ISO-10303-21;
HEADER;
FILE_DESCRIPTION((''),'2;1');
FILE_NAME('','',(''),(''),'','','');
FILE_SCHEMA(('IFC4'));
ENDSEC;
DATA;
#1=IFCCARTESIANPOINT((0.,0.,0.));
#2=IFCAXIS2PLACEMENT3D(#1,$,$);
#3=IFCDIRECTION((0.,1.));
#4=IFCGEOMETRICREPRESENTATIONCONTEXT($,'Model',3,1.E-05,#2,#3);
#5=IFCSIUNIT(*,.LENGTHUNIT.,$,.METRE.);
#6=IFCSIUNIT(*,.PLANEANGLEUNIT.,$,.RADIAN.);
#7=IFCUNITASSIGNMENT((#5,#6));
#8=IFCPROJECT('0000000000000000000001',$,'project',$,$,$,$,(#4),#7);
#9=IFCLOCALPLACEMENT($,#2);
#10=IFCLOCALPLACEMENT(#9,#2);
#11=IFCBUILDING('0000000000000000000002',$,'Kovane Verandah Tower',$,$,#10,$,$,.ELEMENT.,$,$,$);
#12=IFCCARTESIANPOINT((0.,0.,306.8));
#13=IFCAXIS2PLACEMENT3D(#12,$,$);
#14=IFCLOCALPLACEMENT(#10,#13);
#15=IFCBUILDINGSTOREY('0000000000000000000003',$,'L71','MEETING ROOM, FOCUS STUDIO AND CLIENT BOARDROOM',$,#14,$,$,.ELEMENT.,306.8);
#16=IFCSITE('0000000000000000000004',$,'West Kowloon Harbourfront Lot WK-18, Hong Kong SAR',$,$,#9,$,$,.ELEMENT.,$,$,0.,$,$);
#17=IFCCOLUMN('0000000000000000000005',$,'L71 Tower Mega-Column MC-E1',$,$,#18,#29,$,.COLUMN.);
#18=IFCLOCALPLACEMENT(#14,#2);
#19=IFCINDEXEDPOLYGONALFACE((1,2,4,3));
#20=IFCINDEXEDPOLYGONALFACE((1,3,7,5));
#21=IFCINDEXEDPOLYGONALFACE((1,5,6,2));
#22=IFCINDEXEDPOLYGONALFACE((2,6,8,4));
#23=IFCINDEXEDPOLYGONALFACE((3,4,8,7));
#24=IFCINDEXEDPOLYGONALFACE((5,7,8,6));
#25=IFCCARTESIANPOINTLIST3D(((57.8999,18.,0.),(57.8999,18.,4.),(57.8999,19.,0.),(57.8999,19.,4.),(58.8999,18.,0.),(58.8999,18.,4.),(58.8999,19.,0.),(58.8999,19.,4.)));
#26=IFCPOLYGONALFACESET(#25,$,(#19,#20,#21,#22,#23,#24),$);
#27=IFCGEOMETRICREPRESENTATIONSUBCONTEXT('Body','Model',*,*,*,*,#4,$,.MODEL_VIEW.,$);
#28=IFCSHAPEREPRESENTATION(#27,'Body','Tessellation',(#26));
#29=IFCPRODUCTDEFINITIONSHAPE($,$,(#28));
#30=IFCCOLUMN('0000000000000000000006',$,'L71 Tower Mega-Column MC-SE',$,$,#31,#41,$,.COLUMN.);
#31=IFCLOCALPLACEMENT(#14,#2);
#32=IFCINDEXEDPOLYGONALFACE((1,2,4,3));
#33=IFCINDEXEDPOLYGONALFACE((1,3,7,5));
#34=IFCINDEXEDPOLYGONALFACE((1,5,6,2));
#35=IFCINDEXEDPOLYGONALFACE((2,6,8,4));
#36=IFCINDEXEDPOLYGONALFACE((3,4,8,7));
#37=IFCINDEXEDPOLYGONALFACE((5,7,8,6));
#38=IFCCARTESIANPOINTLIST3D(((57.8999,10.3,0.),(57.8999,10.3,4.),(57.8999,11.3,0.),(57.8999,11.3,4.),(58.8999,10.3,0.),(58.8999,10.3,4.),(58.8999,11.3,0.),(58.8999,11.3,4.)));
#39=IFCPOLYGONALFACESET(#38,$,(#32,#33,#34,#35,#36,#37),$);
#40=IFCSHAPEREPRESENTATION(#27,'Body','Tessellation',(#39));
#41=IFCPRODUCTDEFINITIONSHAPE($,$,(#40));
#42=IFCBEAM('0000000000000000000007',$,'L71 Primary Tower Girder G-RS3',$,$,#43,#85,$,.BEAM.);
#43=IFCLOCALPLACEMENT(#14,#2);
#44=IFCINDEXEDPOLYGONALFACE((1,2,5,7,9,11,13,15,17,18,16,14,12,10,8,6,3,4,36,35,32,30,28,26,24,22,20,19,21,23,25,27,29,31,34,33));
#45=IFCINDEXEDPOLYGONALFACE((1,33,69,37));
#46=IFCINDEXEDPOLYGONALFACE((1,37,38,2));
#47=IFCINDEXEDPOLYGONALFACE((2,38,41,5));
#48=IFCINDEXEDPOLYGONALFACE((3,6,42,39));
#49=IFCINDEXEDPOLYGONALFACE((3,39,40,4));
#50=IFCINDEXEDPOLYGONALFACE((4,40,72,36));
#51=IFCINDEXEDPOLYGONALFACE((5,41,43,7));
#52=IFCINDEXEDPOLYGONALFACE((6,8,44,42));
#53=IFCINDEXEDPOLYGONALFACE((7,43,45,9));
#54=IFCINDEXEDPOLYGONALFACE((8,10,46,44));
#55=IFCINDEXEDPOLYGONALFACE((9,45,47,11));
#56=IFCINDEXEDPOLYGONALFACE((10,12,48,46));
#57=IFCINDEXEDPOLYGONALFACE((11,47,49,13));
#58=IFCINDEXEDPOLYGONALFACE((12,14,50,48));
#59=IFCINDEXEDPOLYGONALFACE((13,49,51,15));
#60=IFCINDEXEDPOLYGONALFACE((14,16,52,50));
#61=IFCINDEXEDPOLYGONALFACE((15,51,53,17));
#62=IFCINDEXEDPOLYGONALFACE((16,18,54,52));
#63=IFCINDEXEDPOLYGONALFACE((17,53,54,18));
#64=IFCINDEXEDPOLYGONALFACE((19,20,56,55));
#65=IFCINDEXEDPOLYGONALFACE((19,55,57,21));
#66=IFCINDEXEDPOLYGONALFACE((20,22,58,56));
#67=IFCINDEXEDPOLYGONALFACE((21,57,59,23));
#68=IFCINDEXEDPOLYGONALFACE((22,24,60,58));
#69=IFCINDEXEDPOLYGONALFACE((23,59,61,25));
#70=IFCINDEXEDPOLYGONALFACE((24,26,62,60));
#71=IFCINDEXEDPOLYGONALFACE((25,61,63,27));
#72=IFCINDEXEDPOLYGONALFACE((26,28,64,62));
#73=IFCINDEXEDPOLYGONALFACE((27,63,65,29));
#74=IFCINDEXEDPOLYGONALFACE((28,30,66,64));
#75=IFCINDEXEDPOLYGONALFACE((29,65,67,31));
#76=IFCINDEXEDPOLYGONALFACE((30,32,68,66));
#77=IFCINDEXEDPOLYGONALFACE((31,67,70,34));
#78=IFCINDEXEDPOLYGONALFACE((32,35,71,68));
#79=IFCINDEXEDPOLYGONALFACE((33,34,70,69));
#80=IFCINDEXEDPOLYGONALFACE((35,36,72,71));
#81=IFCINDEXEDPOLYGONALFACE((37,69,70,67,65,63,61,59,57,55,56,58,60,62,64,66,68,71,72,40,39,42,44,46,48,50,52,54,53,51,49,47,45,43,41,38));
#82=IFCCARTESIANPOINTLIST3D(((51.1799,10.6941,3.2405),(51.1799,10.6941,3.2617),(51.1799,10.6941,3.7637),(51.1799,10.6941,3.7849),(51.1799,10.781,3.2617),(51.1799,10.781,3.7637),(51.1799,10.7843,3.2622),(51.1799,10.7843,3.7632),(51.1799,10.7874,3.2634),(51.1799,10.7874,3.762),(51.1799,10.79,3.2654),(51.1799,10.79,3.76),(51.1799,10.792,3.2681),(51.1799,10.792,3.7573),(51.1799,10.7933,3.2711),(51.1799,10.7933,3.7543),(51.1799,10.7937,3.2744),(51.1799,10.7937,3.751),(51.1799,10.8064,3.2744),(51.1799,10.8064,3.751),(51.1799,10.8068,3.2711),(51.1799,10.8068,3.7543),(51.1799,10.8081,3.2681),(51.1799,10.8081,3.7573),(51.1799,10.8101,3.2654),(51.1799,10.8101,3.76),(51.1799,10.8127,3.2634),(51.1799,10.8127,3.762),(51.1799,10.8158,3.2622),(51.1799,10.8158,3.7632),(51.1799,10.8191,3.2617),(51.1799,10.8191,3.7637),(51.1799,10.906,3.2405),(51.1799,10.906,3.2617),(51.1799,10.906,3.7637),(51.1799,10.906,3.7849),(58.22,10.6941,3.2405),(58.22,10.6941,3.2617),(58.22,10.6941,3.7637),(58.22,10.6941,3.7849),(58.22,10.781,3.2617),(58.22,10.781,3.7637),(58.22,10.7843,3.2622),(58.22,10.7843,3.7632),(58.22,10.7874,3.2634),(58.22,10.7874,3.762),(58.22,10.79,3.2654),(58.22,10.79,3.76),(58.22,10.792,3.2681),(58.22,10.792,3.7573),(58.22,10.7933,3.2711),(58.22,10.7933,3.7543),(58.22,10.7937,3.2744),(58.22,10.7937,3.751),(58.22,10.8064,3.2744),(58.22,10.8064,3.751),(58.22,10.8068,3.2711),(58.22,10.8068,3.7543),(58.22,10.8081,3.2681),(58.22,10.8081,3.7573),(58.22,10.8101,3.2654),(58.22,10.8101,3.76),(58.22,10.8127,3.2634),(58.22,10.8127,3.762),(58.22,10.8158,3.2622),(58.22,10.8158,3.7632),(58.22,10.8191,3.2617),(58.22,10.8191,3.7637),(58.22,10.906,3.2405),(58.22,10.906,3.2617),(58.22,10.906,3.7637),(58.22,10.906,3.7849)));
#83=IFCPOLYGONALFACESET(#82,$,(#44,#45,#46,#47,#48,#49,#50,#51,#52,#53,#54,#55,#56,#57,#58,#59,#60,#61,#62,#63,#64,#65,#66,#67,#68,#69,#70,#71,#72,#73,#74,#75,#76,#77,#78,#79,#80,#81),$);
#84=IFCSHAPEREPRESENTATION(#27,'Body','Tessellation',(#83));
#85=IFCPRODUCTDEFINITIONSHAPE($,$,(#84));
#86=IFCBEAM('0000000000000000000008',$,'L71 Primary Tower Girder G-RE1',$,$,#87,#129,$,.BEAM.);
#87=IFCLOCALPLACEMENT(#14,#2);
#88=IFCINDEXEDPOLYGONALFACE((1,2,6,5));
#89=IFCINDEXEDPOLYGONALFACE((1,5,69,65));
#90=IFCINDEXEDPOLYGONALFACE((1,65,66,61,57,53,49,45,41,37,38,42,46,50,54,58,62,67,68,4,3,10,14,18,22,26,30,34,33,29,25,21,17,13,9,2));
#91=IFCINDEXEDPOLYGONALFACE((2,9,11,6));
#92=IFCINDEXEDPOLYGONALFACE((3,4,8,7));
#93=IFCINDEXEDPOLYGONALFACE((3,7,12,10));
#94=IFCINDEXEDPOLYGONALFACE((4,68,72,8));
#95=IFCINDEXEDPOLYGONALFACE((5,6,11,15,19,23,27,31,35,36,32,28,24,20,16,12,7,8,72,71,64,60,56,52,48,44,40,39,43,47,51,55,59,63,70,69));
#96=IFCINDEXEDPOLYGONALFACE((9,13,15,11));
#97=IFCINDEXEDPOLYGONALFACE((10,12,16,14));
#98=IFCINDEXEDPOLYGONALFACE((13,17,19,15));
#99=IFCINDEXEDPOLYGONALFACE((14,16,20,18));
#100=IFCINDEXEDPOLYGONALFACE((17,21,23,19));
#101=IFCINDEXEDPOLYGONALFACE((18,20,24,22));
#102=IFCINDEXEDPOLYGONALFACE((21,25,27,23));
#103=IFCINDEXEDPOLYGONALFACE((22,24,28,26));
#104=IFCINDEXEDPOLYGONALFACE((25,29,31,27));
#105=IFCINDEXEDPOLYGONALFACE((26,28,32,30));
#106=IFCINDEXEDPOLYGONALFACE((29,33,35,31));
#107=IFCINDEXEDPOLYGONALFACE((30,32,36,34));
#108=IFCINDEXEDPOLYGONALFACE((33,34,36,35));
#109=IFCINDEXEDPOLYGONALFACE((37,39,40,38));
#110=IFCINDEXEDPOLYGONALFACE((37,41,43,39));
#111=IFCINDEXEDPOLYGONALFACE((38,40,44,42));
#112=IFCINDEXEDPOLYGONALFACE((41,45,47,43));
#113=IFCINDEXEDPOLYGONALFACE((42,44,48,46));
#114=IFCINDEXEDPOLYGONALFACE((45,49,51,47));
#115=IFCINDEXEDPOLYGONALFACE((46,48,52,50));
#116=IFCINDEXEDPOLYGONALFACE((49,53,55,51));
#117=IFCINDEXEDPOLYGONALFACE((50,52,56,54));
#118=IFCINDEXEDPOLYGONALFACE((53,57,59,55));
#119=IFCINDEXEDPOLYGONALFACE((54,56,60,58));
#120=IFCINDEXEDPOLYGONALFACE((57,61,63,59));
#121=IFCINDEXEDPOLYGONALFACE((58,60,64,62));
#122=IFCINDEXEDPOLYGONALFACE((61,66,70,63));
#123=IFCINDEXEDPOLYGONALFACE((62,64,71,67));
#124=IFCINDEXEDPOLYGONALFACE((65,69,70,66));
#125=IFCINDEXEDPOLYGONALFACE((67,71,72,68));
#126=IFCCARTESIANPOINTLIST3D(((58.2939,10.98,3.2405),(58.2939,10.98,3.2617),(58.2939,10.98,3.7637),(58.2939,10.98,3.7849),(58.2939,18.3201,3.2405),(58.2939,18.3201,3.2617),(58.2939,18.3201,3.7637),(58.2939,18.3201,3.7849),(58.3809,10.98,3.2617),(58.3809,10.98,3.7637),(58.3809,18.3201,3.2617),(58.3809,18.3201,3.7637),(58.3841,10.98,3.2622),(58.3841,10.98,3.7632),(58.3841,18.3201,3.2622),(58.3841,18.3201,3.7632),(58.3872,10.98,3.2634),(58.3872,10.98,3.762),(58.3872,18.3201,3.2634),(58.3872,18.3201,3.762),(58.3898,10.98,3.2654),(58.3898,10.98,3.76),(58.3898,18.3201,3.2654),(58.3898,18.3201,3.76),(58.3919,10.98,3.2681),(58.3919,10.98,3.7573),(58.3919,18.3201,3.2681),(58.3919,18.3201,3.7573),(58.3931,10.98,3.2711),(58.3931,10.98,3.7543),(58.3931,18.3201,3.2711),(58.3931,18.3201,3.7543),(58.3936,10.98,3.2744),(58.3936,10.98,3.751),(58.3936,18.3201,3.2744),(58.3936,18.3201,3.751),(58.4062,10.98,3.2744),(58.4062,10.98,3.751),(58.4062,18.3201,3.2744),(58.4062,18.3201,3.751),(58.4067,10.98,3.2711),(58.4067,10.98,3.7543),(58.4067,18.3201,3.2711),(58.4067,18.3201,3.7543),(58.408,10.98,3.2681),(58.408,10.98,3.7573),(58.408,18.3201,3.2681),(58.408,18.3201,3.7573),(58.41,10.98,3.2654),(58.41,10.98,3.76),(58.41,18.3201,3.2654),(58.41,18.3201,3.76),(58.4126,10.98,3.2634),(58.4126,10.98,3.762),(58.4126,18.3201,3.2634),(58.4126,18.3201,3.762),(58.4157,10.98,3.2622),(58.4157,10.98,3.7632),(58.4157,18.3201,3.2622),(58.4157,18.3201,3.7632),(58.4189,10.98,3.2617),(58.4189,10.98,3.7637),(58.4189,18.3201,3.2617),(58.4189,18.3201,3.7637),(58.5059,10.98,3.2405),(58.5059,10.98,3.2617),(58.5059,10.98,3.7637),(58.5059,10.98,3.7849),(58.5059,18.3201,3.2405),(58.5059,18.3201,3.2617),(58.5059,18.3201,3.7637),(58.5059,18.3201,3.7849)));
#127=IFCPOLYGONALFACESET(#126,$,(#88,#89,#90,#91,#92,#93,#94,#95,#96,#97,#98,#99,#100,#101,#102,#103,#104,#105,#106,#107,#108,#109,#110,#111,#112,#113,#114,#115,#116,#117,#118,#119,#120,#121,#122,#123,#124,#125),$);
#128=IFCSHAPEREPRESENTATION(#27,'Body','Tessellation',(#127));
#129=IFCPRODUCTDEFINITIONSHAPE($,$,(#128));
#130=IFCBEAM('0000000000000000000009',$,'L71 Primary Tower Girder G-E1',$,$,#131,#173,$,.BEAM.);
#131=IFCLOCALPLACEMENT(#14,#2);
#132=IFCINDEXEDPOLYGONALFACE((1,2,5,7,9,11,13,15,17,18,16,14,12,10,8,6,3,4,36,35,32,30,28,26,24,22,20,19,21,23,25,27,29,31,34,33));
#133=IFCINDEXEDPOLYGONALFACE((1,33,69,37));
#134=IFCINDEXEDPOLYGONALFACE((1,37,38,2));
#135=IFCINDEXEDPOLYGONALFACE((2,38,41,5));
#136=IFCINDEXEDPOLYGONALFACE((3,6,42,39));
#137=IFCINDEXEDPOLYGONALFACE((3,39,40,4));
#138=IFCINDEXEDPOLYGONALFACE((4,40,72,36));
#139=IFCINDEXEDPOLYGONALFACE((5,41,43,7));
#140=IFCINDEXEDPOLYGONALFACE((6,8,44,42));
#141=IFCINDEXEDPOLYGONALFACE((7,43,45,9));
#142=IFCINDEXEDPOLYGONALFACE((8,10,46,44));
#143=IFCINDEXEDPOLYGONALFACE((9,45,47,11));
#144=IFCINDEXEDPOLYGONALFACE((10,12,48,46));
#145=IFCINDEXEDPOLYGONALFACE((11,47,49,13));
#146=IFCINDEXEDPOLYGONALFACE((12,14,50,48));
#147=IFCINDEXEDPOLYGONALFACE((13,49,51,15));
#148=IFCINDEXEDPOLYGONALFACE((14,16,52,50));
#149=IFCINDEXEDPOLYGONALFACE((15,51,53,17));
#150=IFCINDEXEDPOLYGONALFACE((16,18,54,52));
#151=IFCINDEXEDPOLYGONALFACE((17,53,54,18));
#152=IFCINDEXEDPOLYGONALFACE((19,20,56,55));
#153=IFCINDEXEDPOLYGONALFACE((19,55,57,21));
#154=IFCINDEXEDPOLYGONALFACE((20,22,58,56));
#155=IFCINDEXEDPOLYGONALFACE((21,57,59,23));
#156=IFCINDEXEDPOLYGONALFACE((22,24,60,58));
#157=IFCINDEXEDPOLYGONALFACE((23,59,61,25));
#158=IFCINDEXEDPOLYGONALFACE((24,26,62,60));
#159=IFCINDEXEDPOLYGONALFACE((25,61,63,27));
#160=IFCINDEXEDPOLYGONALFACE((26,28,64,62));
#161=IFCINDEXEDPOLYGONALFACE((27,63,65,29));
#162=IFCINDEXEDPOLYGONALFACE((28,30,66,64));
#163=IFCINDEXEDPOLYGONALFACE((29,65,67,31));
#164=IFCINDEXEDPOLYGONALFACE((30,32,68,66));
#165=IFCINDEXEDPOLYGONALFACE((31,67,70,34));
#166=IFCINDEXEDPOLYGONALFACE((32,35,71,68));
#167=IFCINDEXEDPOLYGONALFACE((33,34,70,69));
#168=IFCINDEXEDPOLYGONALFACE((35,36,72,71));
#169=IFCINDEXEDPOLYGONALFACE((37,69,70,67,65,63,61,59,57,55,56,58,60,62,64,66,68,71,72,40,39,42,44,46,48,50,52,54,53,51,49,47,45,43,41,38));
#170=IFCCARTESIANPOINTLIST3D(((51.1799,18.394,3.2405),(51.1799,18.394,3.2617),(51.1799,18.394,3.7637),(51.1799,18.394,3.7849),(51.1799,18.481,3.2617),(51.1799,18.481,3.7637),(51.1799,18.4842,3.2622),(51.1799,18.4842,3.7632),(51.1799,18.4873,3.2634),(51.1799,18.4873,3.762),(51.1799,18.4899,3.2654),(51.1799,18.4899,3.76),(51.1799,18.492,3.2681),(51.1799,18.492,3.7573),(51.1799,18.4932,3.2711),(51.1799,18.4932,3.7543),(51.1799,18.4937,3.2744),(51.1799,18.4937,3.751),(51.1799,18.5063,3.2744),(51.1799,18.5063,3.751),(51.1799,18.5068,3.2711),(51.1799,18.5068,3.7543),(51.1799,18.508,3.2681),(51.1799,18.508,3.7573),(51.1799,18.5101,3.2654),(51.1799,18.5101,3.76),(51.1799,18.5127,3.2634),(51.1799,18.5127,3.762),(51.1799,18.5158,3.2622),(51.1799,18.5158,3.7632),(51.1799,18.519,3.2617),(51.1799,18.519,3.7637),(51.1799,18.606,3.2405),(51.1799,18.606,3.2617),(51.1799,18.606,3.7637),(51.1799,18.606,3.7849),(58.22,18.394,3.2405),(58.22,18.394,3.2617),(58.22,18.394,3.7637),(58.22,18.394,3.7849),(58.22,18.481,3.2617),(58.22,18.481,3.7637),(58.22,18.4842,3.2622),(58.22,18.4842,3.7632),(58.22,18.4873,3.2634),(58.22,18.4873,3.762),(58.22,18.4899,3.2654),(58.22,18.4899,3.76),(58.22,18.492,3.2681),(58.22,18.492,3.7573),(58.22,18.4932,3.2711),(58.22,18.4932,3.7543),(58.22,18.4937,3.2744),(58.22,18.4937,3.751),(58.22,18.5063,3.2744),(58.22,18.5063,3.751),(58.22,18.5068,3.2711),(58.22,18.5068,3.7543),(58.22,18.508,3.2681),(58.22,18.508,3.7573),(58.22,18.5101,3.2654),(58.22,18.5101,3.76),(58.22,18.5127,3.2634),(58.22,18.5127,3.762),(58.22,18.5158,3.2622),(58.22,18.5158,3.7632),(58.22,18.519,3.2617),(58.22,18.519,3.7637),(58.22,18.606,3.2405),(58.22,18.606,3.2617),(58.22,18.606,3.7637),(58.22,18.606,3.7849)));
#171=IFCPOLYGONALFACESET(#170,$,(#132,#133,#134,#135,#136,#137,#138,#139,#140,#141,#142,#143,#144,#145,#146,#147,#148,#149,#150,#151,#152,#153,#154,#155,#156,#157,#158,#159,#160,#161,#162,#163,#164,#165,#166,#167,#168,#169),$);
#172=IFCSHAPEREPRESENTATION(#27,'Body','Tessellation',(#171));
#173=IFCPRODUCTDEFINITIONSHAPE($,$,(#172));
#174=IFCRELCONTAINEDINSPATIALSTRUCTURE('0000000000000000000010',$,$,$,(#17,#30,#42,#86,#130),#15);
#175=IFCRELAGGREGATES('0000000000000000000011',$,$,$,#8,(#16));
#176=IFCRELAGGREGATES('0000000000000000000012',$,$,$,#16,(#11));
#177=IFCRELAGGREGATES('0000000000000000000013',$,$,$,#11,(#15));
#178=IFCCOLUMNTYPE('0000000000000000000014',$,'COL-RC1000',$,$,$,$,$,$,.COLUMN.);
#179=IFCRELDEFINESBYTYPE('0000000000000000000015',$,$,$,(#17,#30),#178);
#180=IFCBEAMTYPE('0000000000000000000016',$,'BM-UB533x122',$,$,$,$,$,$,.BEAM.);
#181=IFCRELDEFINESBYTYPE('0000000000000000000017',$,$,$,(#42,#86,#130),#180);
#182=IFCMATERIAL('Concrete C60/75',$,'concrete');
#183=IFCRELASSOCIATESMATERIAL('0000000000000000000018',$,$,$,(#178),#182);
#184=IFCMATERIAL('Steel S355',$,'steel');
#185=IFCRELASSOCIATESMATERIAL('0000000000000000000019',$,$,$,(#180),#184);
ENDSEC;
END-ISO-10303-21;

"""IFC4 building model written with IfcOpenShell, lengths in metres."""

from ifc_helpers import new_model, si_unit, direction, frame, origin, origin_2d, place, context, subcontext, project, spatial, rectangle, i_section, extrude, material, material_profile, profile_set, type_object, element, save


model = new_model("IFC4")

# Units and contexts
model_context = context("Model", 3, precision=1e-05, world=origin(), true_north=direction((0.0, 1.0)))
body_context = subcontext(model_context, "Body", "Model", "MODEL_VIEW")
ifc_project = project(units=[si_unit("LENGTHUNIT", "METRE"), si_unit("PLANEANGLEUNIT", "RADIAN")], contexts=[model_context])

# Site, building, storey
site_placement = place(None, origin())
site = spatial("IfcSite", under=ifc_project, at=site_placement, Name="West Kowloon Harbourfront Lot WK-18, Hong Kong SAR", CompositionType="ELEMENT", RefElevation=0.0)
building_placement = place(site_placement, origin())
building = spatial("IfcBuilding", under=site, at=building_placement, Name="Kovane Verandah Tower", CompositionType="ELEMENT")
storey_placement = place(building_placement, frame((0.0, 0.0, 306.8)))
storey = spatial("IfcBuildingStorey", under=building, at=storey_placement, Name="L71", Description="MEETING ROOM, FOCUS STUDIO AND CLIENT BOARDROOM", CompositionType="ELEMENT", Elevation=306.8)

# Columns
ifc_material_1 = material(Name="Concrete C60/75", Category="concrete")
ifc_material_profile_1 = material_profile(ifc_material_1, rectangle(XDim=1.0, YDim=1.0, at=origin_2d()), Name="RC1000x1000")
ifc_profile_set_1 = profile_set([ifc_material_profile_1], Name="Concrete C60/75")
column_type = type_object("IfcColumnType", Name="COL-RC1000", PredefinedType="COLUMN", material=ifc_profile_set_1)
for number, where, z_axis, x_axis, name in (
    (1, (58.3999, 18.5, 0.0), (0.0, 0.0, 1.0), (1.0, 0.0, 0.0), "L71 Tower Mega-Column MC-E1"),
    (2, (58.3999, 10.8, 0.0), (0.0, 0.0, 1.0), (1.0, 0.0, 0.0), "L71 Tower Mega-Column MC-SE"),
):
    element("IfcColumn", number, at=place(storey_placement, frame(where, z_axis=z_axis, x_axis=x_axis)), inside=storey, type_object=column_type, Name=name, PredefinedType="COLUMN", context=body_context, shape_type="SweptSolid", body=[
        extrude(rectangle(XDim=1.0, YDim=1.0, at=origin_2d()), origin(), (0.0, 0.0, 1.0), 4.0),
    ])

# Beams
ifc_material_2 = material(Name="Steel S355", Category="steel")
ifc_material_profile_2 = material_profile(ifc_material_2, i_section(OverallWidth=0.2119, OverallDepth=0.5444, WebThickness=0.0127, FlangeThickness=0.0212, FilletRadius=0.0127, at=origin_2d()), Name="UB533x210x122")
ifc_profile_set_2 = profile_set([ifc_material_profile_2], Name="Steel S355")
beam_type_1 = type_object("IfcBeamType", Name="BM-UB533x122", PredefinedType="BEAM", material=ifc_profile_set_2)
beam_1_placement = place(storey_placement, frame((51.1799, 10.8, 3.5127), z_axis=(1.0, 0.0, 0.0), x_axis=(0.0, 1.0, 0.0)))
element("IfcBeam", 3, at=beam_1_placement, inside=storey, type_object=beam_type_1, Name="L71 Primary Tower Girder G-RS3", PredefinedType="BEAM", context=body_context, shape_type="SweptSolid", body=[
    extrude(i_section(OverallWidth=0.2119, OverallDepth=0.5444, WebThickness=0.0127, FlangeThickness=0.0212, FilletRadius=0.0127, at=origin_2d()), origin(), (0.0, 0.0, 1.0), 7.04),
])
beam_2_placement = place(storey_placement, frame((58.3999, 10.98, 3.5127), z_axis=(0.0, 1.0, 0.0), x_axis=(-1.0, 0.0, 0.0)))
element("IfcBeam", 4, at=beam_2_placement, inside=storey, type_object=beam_type_1, Name="L71 Primary Tower Girder G-RE1", PredefinedType="BEAM", context=body_context, shape_type="SweptSolid", body=[
    extrude(i_section(OverallWidth=0.2119, OverallDepth=0.5444, WebThickness=0.0127, FlangeThickness=0.0212, FilletRadius=0.0127, at=origin_2d()), origin(), (0.0, 0.0, 1.0), 7.3401),
])
beam_3_placement = place(storey_placement, frame((51.1799, 18.5, 3.5127), z_axis=(1.0, 0.0, 0.0), x_axis=(0.0, 1.0, 0.0)))
element("IfcBeam", 5, at=beam_3_placement, inside=storey, type_object=beam_type_1, Name="L71 Primary Tower Girder G-E1", PredefinedType="BEAM", context=body_context, shape_type="SweptSolid", body=[
    extrude(i_section(OverallWidth=0.2119, OverallDepth=0.5444, WebThickness=0.0127, FlangeThickness=0.0212, FilletRadius=0.0127, at=origin_2d()), origin(), (0.0, 0.0, 1.0), 7.04),
])

save(model, "model.ifc")
